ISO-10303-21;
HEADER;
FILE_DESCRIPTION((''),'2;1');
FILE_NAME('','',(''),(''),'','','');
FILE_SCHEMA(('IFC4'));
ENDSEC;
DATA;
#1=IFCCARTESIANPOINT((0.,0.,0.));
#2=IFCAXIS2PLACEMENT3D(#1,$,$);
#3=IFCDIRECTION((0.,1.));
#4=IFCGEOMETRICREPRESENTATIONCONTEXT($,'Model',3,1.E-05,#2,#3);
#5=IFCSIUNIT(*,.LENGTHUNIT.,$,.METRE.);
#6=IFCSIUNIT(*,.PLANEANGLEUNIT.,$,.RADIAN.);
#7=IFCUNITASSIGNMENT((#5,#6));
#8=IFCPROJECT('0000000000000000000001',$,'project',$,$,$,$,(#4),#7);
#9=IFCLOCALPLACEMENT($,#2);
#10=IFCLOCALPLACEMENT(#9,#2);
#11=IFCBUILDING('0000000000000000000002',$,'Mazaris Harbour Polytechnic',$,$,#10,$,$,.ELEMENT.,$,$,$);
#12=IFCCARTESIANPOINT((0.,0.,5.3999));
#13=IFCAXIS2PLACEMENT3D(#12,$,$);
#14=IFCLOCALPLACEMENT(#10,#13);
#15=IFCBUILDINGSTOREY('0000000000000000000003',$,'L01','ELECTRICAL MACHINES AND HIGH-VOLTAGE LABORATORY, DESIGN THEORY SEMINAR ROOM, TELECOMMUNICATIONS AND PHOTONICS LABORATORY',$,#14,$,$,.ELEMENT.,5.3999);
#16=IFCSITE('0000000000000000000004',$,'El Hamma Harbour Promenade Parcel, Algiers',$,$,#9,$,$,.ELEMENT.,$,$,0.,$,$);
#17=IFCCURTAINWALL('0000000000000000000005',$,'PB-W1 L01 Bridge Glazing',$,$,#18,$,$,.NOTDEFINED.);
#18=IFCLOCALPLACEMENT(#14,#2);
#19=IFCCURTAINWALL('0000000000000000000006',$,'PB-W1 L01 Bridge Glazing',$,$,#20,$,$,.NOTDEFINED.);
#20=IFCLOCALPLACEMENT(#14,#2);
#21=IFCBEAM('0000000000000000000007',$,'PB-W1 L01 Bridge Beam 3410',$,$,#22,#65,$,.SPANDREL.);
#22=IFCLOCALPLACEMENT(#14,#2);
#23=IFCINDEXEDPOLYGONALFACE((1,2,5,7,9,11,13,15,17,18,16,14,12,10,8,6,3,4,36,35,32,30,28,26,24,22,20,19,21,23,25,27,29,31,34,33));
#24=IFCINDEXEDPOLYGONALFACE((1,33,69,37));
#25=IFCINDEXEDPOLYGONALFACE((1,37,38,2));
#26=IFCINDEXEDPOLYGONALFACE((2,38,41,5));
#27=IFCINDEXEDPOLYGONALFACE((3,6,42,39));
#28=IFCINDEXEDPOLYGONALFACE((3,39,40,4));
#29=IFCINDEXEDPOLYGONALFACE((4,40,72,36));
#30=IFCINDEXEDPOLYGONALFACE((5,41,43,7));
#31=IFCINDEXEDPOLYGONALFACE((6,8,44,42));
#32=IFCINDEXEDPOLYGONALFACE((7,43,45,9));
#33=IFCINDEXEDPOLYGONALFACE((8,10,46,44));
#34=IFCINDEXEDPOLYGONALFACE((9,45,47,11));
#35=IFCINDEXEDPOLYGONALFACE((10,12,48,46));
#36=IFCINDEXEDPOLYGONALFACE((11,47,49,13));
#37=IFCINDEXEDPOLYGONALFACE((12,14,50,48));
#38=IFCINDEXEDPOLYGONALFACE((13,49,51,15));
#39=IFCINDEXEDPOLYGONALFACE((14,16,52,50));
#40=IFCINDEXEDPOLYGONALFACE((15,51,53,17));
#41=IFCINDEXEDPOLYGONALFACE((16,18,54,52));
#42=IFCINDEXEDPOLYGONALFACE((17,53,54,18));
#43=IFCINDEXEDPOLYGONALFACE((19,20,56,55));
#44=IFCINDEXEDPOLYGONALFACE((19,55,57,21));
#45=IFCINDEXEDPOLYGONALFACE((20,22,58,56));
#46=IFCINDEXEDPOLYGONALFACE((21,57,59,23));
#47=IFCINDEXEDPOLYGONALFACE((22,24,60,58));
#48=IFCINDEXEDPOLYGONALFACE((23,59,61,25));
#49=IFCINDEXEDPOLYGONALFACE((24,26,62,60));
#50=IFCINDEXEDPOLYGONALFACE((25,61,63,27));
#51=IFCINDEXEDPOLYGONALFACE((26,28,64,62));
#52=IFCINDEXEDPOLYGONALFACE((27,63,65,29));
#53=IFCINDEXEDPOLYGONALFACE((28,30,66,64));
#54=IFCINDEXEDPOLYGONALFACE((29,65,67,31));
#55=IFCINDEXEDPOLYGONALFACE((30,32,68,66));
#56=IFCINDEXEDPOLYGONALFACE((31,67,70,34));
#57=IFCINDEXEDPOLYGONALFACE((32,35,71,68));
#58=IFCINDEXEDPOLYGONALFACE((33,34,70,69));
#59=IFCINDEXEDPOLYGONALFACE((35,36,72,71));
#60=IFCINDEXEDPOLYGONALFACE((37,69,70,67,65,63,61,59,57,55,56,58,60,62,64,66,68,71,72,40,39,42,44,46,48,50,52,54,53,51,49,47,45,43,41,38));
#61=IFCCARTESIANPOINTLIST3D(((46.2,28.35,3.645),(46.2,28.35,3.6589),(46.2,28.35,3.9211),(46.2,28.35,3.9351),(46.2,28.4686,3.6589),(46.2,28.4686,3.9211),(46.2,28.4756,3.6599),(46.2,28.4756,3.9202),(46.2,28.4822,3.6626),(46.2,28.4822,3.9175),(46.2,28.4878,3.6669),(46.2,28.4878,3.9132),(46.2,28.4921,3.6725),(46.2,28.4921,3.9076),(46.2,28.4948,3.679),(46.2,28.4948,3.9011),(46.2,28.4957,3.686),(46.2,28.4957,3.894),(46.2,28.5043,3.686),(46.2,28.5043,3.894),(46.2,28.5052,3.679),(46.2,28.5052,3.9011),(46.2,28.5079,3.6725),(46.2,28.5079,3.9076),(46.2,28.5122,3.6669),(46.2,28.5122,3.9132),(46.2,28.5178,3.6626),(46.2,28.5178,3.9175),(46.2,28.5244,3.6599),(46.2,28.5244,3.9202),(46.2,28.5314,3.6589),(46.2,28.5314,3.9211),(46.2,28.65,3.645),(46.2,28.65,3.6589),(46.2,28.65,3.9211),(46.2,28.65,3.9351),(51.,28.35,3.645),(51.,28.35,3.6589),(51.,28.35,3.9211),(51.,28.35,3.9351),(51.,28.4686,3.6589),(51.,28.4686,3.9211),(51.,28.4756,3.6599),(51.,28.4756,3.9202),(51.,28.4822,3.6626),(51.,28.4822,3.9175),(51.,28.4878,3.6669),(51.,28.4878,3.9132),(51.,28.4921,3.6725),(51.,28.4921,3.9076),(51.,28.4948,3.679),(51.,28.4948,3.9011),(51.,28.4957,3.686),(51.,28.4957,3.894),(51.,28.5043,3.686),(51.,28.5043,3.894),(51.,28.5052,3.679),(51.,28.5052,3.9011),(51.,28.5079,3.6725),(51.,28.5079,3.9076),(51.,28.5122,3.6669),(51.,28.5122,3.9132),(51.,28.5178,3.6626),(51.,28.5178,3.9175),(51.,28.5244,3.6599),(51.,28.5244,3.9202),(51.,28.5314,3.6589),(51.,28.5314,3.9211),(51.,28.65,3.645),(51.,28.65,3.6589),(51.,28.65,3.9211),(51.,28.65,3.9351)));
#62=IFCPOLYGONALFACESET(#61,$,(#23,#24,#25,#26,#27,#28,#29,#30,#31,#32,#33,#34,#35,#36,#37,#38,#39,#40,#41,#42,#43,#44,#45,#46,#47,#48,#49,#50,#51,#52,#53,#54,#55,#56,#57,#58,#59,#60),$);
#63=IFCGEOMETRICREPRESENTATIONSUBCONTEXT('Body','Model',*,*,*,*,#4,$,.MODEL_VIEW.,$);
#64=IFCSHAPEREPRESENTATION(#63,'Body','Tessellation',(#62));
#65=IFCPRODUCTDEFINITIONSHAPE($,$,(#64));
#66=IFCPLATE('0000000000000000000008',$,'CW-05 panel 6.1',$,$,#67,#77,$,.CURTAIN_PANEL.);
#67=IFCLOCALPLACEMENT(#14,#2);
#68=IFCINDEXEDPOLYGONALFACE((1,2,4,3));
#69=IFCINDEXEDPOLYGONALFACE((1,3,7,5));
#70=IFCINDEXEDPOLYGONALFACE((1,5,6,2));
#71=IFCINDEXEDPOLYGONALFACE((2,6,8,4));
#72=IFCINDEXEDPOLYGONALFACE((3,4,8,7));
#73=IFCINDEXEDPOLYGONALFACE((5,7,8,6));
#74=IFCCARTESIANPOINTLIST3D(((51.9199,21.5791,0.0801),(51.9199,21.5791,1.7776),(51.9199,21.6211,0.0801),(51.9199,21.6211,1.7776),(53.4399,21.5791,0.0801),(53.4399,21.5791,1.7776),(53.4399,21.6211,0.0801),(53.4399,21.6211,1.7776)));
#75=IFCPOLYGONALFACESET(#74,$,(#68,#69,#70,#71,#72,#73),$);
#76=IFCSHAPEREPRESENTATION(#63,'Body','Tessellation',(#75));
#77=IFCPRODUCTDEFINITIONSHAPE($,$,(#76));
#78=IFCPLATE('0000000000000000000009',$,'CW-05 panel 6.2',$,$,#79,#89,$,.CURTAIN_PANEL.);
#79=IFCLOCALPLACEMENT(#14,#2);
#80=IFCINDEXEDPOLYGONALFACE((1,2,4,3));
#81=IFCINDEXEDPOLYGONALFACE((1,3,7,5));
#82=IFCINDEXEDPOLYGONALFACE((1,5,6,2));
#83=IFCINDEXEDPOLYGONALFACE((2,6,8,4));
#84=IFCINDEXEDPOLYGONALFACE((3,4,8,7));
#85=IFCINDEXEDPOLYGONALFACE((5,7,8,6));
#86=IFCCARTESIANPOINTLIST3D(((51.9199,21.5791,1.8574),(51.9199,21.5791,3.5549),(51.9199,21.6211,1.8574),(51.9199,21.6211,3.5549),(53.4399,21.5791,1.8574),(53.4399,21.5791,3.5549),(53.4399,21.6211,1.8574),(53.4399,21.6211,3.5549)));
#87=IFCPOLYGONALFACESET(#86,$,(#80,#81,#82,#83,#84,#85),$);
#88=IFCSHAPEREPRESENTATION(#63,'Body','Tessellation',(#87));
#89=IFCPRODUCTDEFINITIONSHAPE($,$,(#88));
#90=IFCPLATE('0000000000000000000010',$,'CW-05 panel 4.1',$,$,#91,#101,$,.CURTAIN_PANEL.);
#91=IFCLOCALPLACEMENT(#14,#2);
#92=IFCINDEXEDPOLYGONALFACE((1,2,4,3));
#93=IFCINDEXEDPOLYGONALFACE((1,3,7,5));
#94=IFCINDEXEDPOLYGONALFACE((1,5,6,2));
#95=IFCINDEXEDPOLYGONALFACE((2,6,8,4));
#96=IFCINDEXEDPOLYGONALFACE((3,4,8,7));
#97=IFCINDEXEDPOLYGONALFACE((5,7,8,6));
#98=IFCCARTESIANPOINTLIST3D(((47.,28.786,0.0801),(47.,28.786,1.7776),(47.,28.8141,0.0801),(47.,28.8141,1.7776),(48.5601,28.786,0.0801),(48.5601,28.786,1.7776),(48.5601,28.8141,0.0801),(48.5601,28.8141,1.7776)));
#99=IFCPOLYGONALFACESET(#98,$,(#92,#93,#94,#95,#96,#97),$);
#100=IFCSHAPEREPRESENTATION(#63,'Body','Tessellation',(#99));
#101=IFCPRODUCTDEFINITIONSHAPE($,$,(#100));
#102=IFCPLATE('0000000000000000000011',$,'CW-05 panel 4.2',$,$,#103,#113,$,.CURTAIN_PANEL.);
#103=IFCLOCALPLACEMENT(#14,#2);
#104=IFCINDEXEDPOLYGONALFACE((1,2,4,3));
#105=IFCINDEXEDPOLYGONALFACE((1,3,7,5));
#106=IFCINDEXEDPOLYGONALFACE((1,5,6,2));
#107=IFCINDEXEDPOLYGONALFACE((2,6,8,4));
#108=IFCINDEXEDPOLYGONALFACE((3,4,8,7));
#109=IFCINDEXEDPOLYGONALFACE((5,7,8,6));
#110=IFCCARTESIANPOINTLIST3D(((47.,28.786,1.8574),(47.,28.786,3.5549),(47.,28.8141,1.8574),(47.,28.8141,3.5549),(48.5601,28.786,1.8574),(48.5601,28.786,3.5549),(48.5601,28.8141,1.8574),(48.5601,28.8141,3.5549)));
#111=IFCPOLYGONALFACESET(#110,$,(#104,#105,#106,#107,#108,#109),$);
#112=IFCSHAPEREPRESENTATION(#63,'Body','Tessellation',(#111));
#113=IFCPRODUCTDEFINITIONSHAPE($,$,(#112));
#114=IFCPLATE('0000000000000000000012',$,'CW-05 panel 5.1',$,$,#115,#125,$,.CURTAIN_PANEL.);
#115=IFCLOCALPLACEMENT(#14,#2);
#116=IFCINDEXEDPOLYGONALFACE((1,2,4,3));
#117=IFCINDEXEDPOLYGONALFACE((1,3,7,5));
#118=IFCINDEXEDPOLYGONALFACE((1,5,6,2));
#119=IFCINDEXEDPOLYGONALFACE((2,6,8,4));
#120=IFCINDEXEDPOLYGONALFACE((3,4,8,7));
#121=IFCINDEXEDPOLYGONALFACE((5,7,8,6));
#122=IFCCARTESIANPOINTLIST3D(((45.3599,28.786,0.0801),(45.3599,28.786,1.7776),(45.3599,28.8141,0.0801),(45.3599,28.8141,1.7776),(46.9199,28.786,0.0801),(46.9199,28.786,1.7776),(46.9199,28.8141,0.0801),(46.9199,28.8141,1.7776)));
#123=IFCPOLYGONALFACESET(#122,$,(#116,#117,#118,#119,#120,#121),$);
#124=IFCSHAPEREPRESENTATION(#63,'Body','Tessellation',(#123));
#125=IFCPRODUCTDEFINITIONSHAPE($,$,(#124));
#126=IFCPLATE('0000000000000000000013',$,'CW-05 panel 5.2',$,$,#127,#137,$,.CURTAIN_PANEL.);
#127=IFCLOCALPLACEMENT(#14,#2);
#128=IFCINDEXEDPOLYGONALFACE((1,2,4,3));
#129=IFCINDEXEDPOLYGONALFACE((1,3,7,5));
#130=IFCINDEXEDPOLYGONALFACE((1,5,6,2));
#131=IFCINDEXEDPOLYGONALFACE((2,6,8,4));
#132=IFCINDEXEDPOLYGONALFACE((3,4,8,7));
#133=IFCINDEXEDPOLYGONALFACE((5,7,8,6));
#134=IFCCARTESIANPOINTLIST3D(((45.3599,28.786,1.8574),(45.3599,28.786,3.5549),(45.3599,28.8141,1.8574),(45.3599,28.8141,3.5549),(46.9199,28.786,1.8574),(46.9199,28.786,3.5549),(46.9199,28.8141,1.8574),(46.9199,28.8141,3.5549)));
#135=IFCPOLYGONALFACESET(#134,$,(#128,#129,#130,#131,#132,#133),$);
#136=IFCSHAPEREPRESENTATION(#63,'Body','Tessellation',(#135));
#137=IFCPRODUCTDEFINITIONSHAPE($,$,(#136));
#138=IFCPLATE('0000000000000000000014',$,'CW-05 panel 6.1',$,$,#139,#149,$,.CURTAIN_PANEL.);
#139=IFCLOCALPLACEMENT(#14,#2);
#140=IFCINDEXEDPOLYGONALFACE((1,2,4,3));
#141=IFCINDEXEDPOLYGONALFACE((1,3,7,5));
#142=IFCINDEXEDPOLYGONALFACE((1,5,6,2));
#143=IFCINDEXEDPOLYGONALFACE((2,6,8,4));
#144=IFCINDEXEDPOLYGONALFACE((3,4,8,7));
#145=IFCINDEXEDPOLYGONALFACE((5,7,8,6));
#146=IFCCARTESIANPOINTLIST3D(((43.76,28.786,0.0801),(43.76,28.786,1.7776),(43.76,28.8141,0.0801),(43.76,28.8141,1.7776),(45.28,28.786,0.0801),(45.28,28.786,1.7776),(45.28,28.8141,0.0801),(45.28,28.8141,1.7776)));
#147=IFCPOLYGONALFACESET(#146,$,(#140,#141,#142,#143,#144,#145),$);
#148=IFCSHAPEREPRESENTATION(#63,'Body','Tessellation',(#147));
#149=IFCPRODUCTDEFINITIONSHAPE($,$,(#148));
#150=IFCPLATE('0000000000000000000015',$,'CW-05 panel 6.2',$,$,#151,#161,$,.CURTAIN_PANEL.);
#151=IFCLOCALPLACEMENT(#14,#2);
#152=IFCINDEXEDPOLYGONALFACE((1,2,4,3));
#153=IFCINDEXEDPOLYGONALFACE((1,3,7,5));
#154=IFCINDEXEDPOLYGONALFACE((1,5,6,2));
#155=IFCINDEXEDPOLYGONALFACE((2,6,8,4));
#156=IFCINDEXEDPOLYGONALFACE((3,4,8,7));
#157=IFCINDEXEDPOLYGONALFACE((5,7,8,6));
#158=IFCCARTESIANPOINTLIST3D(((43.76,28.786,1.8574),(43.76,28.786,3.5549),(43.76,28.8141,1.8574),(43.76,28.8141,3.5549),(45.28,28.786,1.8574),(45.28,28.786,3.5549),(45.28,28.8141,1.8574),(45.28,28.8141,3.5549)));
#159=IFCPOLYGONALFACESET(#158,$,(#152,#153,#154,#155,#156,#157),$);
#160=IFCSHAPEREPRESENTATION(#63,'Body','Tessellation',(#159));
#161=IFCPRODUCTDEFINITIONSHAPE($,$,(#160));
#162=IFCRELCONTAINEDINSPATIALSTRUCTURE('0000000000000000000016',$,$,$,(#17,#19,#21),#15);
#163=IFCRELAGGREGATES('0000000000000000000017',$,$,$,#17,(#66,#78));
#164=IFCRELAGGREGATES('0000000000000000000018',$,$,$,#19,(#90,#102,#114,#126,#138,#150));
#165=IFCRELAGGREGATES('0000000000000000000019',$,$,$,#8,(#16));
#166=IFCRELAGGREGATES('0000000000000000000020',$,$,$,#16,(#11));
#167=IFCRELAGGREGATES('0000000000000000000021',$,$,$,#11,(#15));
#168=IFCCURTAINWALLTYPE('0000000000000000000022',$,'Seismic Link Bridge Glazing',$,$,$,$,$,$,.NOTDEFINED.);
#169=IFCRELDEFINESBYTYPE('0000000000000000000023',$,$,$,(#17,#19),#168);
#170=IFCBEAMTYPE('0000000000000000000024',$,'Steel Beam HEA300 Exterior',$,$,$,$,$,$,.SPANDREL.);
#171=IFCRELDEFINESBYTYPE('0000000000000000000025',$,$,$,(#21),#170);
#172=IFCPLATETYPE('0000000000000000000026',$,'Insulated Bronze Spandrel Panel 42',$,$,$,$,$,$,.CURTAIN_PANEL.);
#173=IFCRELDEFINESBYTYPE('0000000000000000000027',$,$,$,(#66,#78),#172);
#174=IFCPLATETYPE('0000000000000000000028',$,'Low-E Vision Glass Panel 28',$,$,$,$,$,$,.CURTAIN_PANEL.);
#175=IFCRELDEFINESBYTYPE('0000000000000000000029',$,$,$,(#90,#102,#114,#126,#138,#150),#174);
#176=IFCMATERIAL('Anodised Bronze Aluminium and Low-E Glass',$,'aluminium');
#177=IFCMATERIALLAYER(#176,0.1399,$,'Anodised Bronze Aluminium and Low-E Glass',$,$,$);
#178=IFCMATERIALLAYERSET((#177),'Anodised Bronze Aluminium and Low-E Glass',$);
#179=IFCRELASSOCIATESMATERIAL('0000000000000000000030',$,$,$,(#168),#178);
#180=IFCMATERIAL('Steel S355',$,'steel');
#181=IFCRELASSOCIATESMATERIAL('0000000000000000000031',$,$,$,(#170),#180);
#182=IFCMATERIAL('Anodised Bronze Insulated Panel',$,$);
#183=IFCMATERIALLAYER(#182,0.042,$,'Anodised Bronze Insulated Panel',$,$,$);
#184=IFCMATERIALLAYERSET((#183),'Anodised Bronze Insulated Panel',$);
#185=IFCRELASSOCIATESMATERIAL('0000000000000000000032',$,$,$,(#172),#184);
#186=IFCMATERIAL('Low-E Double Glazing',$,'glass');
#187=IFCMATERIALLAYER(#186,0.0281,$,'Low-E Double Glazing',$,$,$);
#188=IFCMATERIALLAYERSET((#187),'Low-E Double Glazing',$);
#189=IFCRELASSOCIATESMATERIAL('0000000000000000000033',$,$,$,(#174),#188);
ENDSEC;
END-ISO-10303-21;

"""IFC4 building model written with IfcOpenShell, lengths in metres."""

from ifc_helpers import new_model, si_unit, direction, frame, origin, origin_2d, place, context, subcontext, project, spatial, rectangle, i_section, extrude, material, layer, layer_set, material_profile, profile_set, type_object, element, aggregate, save


model = new_model("IFC4")

# Units and contexts
model_context = context("Model", 3, precision=1e-05, world=origin(), true_north=direction((0.0, 1.0)))
body_context = subcontext(model_context, "Body", "Model", "MODEL_VIEW")
ifc_project = project(units=[si_unit("LENGTHUNIT", "METRE"), si_unit("PLANEANGLEUNIT", "RADIAN")], contexts=[model_context])

# Site, building, storey
site_placement = place(None, origin())
site = spatial("IfcSite", under=ifc_project, at=site_placement, Name="El Hamma Harbour Promenade Parcel, Algiers", CompositionType="ELEMENT", RefElevation=0.0)
building_placement = place(site_placement, origin())
building = spatial("IfcBuilding", under=site, at=building_placement, Name="Mazaris Harbour Polytechnic", CompositionType="ELEMENT")
storey_placement = place(building_placement, frame((0.0, 0.0, 5.3999)))
storey = spatial("IfcBuildingStorey", under=building, at=storey_placement, Name="L01", Description="ELECTRICAL MACHINES AND HIGH-VOLTAGE LABORATORY, DESIGN THEORY SEMINAR ROOM, TELECOMMUNICATIONS AND PHOTONICS LABORATORY", CompositionType="ELEMENT", Elevation=5.3999)

# Curtain wall
ifc_material_1 = material(Name="Anodised Bronze Aluminium and Low-E Glass", Category="aluminium")
ifc_layer_1 = layer(ifc_material_1, 0.1399, Name="Anodised Bronze Aluminium and Low-E Glass")
ifc_layer_set_1 = layer_set([ifc_layer_1], Name="Anodised Bronze Aluminium and Low-E Glass")
curtain_wall_type = type_object("IfcCurtainWallType", Name="Seismic Link Bridge Glazing", PredefinedType="NOTDEFINED", material=ifc_layer_set_1)
curtain_wall_1_placement = place(storey_placement, origin())
curtain_wall_1 = element("IfcCurtainWall", 1, at=curtain_wall_1_placement, inside=storey, type_object=curtain_wall_type, Name="PB-W1 L01 Bridge Glazing", PredefinedType="NOTDEFINED")

# Curtain wall
curtain_wall_2_placement = place(storey_placement, origin())
curtain_wall_2 = element("IfcCurtainWall", 2, at=curtain_wall_2_placement, inside=storey, type_object=curtain_wall_type, Name="PB-W1 L01 Bridge Glazing", PredefinedType="NOTDEFINED")

# Beam
ifc_material_2 = material(Name="Steel S355", Category="steel")
ifc_material_profile_1 = material_profile(ifc_material_2, i_section(OverallWidth=0.3, OverallDepth=0.29, WebThickness=0.0085, FlangeThickness=0.0139, FilletRadius=0.0271, at=origin_2d()), Name="HEA 300")
ifc_profile_set_1 = profile_set([ifc_material_profile_1], Name="Steel S355")
beam_type_1 = type_object("IfcBeamType", Name="Steel Beam HEA300 Exterior", PredefinedType="SPANDREL", material=ifc_profile_set_1)
beam_1_placement = place(storey_placement, frame((46.2, 28.5, 3.79), z_axis=(1.0, 0.0, 0.0), x_axis=(0.0, 1.0, 0.0)))
element("IfcBeam", 3, at=beam_1_placement, inside=storey, type_object=beam_type_1, Name="PB-W1 L01 Bridge Beam 3410", PredefinedType="SPANDREL", context=body_context, shape_type="SweptSolid", body=[
    extrude(i_section(OverallWidth=0.3, OverallDepth=0.29, WebThickness=0.0085, FlangeThickness=0.0139, FilletRadius=0.0271, at=origin_2d()), origin(), (0.0, 0.0, 1.0), 4.8),
])

# Plates
ifc_material_3 = material(Name="Anodised Bronze Insulated Panel")
ifc_layer_2 = layer(ifc_material_3, 0.042, Name="Anodised Bronze Insulated Panel")
ifc_layer_set_2 = layer_set([ifc_layer_2], Name="Anodised Bronze Insulated Panel")
plate_type_1 = type_object("IfcPlateType", Name="Insulated Bronze Spandrel Panel 42", PredefinedType="CURTAIN_PANEL", material=ifc_layer_set_2)
plate_1_placement = place(storey_placement, frame((52.6799, 21.6001, 0.0801), z_axis=(0.0, 0.0, 1.0), x_axis=(1.0, 0.0, 0.0)))
plate_1 = element("IfcPlate", 4, at=plate_1_placement, type_object=plate_type_1, Name="CW-05 panel 6.1", PredefinedType="CURTAIN_PANEL", context=body_context, shape_type="SweptSolid", body=[
    extrude(rectangle(XDim=1.52, YDim=0.042, at=origin_2d()), origin(), (0.0, 0.0, 1.0), 1.6975),
])
plate_2_placement = place(storey_placement, frame((52.6799, 21.6001, 1.8574), z_axis=(0.0, 0.0, 1.0), x_axis=(1.0, 0.0, 0.0)))
plate_2 = element("IfcPlate", 5, at=plate_2_placement, type_object=plate_type_1, Name="CW-05 panel 6.2", PredefinedType="CURTAIN_PANEL", context=body_context, shape_type="SweptSolid", body=[
    extrude(rectangle(XDim=1.52, YDim=0.042, at=origin_2d()), origin(), (0.0, 0.0, 1.0), 1.6975),
])
aggregate(curtain_wall_1, [plate_1, plate_2])
ifc_material_4 = material(Name="Low-E Double Glazing", Category="glass")
ifc_layer_3 = layer(ifc_material_4, 0.0281, Name="Low-E Double Glazing")
ifc_layer_set_3 = layer_set([ifc_layer_3], Name="Low-E Double Glazing")
plate_type_2 = type_object("IfcPlateType", Name="Low-E Vision Glass Panel 28", PredefinedType="CURTAIN_PANEL", material=ifc_layer_set_3)
plate_3_placement = place(storey_placement, frame((47.78, 28.8, 0.0801), z_axis=(0.0, 0.0, 1.0), x_axis=(-1.0, 0.0, 0.0)))
plate_3 = element("IfcPlate", 6, at=plate_3_placement, type_object=plate_type_2, Name="CW-05 panel 4.1", PredefinedType="CURTAIN_PANEL", context=body_context, shape_type="SweptSolid", body=[
    extrude(rectangle(XDim=1.5601, YDim=0.0281, at=origin_2d()), origin(), (0.0, 0.0, 1.0), 1.6975),
])
plate_4_placement = place(storey_placement, frame((47.78, 28.8, 1.8574), z_axis=(0.0, 0.0, 1.0), x_axis=(-1.0, 0.0, 0.0)))
plate_4 = element("IfcPlate", 7, at=plate_4_placement, type_object=plate_type_2, Name="CW-05 panel 4.2", PredefinedType="CURTAIN_PANEL", context=body_context, shape_type="SweptSolid", body=[
    extrude(rectangle(XDim=1.5601, YDim=0.0281, at=origin_2d()), origin(), (0.0, 0.0, 1.0), 1.6975),
])
plate_5_placement = place(storey_placement, frame((46.1399, 28.8, 0.0801), z_axis=(0.0, 0.0, 1.0), x_axis=(-1.0, 0.0, 0.0)))
plate_5 = element("IfcPlate", 8, at=plate_5_placement, type_object=plate_type_2, Name="CW-05 panel 5.1", PredefinedType="CURTAIN_PANEL", context=body_context, shape_type="SweptSolid", body=[
    extrude(rectangle(XDim=1.5601, YDim=0.0281, at=origin_2d()), origin(), (0.0, 0.0, 1.0), 1.6975),
])
plate_6_placement = place(storey_placement, frame((46.1399, 28.8, 1.8574), z_axis=(0.0, 0.0, 1.0), x_axis=(-1.0, 0.0, 0.0)))
plate_6 = element("IfcPlate", 9, at=plate_6_placement, type_object=plate_type_2, Name="CW-05 panel 5.2", PredefinedType="CURTAIN_PANEL", context=body_context, shape_type="SweptSolid", body=[
    extrude(rectangle(XDim=1.5601, YDim=0.0281, at=origin_2d()), origin(), (0.0, 0.0, 1.0), 1.6975),
])
plate_7_placement = place(storey_placement, frame((44.52, 28.8, 0.0801), z_axis=(0.0, 0.0, 1.0), x_axis=(-1.0, 0.0, 0.0)))
plate_7 = element("IfcPlate", 10, at=plate_7_placement, type_object=plate_type_2, Name="CW-05 panel 6.1", PredefinedType="CURTAIN_PANEL", context=body_context, shape_type="SweptSolid", body=[
    extrude(rectangle(XDim=1.52, YDim=0.0281, at=origin_2d()), origin(), (0.0, 0.0, 1.0), 1.6975),
])
plate_8_placement = place(storey_placement, frame((44.52, 28.8, 1.8574), z_axis=(0.0, 0.0, 1.0), x_axis=(-1.0, 0.0, 0.0)))
plate_8 = element("IfcPlate", 11, at=plate_8_placement, type_object=plate_type_2, Name="CW-05 panel 6.2", PredefinedType="CURTAIN_PANEL", context=body_context, shape_type="SweptSolid", body=[
    extrude(rectangle(XDim=1.52, YDim=0.0281, at=origin_2d()), origin(), (0.0, 0.0, 1.0), 1.6975),
])
aggregate(curtain_wall_2, [plate_3, plate_4, plate_5, plate_6, plate_7, plate_8])

save(model, "model.ifc")
